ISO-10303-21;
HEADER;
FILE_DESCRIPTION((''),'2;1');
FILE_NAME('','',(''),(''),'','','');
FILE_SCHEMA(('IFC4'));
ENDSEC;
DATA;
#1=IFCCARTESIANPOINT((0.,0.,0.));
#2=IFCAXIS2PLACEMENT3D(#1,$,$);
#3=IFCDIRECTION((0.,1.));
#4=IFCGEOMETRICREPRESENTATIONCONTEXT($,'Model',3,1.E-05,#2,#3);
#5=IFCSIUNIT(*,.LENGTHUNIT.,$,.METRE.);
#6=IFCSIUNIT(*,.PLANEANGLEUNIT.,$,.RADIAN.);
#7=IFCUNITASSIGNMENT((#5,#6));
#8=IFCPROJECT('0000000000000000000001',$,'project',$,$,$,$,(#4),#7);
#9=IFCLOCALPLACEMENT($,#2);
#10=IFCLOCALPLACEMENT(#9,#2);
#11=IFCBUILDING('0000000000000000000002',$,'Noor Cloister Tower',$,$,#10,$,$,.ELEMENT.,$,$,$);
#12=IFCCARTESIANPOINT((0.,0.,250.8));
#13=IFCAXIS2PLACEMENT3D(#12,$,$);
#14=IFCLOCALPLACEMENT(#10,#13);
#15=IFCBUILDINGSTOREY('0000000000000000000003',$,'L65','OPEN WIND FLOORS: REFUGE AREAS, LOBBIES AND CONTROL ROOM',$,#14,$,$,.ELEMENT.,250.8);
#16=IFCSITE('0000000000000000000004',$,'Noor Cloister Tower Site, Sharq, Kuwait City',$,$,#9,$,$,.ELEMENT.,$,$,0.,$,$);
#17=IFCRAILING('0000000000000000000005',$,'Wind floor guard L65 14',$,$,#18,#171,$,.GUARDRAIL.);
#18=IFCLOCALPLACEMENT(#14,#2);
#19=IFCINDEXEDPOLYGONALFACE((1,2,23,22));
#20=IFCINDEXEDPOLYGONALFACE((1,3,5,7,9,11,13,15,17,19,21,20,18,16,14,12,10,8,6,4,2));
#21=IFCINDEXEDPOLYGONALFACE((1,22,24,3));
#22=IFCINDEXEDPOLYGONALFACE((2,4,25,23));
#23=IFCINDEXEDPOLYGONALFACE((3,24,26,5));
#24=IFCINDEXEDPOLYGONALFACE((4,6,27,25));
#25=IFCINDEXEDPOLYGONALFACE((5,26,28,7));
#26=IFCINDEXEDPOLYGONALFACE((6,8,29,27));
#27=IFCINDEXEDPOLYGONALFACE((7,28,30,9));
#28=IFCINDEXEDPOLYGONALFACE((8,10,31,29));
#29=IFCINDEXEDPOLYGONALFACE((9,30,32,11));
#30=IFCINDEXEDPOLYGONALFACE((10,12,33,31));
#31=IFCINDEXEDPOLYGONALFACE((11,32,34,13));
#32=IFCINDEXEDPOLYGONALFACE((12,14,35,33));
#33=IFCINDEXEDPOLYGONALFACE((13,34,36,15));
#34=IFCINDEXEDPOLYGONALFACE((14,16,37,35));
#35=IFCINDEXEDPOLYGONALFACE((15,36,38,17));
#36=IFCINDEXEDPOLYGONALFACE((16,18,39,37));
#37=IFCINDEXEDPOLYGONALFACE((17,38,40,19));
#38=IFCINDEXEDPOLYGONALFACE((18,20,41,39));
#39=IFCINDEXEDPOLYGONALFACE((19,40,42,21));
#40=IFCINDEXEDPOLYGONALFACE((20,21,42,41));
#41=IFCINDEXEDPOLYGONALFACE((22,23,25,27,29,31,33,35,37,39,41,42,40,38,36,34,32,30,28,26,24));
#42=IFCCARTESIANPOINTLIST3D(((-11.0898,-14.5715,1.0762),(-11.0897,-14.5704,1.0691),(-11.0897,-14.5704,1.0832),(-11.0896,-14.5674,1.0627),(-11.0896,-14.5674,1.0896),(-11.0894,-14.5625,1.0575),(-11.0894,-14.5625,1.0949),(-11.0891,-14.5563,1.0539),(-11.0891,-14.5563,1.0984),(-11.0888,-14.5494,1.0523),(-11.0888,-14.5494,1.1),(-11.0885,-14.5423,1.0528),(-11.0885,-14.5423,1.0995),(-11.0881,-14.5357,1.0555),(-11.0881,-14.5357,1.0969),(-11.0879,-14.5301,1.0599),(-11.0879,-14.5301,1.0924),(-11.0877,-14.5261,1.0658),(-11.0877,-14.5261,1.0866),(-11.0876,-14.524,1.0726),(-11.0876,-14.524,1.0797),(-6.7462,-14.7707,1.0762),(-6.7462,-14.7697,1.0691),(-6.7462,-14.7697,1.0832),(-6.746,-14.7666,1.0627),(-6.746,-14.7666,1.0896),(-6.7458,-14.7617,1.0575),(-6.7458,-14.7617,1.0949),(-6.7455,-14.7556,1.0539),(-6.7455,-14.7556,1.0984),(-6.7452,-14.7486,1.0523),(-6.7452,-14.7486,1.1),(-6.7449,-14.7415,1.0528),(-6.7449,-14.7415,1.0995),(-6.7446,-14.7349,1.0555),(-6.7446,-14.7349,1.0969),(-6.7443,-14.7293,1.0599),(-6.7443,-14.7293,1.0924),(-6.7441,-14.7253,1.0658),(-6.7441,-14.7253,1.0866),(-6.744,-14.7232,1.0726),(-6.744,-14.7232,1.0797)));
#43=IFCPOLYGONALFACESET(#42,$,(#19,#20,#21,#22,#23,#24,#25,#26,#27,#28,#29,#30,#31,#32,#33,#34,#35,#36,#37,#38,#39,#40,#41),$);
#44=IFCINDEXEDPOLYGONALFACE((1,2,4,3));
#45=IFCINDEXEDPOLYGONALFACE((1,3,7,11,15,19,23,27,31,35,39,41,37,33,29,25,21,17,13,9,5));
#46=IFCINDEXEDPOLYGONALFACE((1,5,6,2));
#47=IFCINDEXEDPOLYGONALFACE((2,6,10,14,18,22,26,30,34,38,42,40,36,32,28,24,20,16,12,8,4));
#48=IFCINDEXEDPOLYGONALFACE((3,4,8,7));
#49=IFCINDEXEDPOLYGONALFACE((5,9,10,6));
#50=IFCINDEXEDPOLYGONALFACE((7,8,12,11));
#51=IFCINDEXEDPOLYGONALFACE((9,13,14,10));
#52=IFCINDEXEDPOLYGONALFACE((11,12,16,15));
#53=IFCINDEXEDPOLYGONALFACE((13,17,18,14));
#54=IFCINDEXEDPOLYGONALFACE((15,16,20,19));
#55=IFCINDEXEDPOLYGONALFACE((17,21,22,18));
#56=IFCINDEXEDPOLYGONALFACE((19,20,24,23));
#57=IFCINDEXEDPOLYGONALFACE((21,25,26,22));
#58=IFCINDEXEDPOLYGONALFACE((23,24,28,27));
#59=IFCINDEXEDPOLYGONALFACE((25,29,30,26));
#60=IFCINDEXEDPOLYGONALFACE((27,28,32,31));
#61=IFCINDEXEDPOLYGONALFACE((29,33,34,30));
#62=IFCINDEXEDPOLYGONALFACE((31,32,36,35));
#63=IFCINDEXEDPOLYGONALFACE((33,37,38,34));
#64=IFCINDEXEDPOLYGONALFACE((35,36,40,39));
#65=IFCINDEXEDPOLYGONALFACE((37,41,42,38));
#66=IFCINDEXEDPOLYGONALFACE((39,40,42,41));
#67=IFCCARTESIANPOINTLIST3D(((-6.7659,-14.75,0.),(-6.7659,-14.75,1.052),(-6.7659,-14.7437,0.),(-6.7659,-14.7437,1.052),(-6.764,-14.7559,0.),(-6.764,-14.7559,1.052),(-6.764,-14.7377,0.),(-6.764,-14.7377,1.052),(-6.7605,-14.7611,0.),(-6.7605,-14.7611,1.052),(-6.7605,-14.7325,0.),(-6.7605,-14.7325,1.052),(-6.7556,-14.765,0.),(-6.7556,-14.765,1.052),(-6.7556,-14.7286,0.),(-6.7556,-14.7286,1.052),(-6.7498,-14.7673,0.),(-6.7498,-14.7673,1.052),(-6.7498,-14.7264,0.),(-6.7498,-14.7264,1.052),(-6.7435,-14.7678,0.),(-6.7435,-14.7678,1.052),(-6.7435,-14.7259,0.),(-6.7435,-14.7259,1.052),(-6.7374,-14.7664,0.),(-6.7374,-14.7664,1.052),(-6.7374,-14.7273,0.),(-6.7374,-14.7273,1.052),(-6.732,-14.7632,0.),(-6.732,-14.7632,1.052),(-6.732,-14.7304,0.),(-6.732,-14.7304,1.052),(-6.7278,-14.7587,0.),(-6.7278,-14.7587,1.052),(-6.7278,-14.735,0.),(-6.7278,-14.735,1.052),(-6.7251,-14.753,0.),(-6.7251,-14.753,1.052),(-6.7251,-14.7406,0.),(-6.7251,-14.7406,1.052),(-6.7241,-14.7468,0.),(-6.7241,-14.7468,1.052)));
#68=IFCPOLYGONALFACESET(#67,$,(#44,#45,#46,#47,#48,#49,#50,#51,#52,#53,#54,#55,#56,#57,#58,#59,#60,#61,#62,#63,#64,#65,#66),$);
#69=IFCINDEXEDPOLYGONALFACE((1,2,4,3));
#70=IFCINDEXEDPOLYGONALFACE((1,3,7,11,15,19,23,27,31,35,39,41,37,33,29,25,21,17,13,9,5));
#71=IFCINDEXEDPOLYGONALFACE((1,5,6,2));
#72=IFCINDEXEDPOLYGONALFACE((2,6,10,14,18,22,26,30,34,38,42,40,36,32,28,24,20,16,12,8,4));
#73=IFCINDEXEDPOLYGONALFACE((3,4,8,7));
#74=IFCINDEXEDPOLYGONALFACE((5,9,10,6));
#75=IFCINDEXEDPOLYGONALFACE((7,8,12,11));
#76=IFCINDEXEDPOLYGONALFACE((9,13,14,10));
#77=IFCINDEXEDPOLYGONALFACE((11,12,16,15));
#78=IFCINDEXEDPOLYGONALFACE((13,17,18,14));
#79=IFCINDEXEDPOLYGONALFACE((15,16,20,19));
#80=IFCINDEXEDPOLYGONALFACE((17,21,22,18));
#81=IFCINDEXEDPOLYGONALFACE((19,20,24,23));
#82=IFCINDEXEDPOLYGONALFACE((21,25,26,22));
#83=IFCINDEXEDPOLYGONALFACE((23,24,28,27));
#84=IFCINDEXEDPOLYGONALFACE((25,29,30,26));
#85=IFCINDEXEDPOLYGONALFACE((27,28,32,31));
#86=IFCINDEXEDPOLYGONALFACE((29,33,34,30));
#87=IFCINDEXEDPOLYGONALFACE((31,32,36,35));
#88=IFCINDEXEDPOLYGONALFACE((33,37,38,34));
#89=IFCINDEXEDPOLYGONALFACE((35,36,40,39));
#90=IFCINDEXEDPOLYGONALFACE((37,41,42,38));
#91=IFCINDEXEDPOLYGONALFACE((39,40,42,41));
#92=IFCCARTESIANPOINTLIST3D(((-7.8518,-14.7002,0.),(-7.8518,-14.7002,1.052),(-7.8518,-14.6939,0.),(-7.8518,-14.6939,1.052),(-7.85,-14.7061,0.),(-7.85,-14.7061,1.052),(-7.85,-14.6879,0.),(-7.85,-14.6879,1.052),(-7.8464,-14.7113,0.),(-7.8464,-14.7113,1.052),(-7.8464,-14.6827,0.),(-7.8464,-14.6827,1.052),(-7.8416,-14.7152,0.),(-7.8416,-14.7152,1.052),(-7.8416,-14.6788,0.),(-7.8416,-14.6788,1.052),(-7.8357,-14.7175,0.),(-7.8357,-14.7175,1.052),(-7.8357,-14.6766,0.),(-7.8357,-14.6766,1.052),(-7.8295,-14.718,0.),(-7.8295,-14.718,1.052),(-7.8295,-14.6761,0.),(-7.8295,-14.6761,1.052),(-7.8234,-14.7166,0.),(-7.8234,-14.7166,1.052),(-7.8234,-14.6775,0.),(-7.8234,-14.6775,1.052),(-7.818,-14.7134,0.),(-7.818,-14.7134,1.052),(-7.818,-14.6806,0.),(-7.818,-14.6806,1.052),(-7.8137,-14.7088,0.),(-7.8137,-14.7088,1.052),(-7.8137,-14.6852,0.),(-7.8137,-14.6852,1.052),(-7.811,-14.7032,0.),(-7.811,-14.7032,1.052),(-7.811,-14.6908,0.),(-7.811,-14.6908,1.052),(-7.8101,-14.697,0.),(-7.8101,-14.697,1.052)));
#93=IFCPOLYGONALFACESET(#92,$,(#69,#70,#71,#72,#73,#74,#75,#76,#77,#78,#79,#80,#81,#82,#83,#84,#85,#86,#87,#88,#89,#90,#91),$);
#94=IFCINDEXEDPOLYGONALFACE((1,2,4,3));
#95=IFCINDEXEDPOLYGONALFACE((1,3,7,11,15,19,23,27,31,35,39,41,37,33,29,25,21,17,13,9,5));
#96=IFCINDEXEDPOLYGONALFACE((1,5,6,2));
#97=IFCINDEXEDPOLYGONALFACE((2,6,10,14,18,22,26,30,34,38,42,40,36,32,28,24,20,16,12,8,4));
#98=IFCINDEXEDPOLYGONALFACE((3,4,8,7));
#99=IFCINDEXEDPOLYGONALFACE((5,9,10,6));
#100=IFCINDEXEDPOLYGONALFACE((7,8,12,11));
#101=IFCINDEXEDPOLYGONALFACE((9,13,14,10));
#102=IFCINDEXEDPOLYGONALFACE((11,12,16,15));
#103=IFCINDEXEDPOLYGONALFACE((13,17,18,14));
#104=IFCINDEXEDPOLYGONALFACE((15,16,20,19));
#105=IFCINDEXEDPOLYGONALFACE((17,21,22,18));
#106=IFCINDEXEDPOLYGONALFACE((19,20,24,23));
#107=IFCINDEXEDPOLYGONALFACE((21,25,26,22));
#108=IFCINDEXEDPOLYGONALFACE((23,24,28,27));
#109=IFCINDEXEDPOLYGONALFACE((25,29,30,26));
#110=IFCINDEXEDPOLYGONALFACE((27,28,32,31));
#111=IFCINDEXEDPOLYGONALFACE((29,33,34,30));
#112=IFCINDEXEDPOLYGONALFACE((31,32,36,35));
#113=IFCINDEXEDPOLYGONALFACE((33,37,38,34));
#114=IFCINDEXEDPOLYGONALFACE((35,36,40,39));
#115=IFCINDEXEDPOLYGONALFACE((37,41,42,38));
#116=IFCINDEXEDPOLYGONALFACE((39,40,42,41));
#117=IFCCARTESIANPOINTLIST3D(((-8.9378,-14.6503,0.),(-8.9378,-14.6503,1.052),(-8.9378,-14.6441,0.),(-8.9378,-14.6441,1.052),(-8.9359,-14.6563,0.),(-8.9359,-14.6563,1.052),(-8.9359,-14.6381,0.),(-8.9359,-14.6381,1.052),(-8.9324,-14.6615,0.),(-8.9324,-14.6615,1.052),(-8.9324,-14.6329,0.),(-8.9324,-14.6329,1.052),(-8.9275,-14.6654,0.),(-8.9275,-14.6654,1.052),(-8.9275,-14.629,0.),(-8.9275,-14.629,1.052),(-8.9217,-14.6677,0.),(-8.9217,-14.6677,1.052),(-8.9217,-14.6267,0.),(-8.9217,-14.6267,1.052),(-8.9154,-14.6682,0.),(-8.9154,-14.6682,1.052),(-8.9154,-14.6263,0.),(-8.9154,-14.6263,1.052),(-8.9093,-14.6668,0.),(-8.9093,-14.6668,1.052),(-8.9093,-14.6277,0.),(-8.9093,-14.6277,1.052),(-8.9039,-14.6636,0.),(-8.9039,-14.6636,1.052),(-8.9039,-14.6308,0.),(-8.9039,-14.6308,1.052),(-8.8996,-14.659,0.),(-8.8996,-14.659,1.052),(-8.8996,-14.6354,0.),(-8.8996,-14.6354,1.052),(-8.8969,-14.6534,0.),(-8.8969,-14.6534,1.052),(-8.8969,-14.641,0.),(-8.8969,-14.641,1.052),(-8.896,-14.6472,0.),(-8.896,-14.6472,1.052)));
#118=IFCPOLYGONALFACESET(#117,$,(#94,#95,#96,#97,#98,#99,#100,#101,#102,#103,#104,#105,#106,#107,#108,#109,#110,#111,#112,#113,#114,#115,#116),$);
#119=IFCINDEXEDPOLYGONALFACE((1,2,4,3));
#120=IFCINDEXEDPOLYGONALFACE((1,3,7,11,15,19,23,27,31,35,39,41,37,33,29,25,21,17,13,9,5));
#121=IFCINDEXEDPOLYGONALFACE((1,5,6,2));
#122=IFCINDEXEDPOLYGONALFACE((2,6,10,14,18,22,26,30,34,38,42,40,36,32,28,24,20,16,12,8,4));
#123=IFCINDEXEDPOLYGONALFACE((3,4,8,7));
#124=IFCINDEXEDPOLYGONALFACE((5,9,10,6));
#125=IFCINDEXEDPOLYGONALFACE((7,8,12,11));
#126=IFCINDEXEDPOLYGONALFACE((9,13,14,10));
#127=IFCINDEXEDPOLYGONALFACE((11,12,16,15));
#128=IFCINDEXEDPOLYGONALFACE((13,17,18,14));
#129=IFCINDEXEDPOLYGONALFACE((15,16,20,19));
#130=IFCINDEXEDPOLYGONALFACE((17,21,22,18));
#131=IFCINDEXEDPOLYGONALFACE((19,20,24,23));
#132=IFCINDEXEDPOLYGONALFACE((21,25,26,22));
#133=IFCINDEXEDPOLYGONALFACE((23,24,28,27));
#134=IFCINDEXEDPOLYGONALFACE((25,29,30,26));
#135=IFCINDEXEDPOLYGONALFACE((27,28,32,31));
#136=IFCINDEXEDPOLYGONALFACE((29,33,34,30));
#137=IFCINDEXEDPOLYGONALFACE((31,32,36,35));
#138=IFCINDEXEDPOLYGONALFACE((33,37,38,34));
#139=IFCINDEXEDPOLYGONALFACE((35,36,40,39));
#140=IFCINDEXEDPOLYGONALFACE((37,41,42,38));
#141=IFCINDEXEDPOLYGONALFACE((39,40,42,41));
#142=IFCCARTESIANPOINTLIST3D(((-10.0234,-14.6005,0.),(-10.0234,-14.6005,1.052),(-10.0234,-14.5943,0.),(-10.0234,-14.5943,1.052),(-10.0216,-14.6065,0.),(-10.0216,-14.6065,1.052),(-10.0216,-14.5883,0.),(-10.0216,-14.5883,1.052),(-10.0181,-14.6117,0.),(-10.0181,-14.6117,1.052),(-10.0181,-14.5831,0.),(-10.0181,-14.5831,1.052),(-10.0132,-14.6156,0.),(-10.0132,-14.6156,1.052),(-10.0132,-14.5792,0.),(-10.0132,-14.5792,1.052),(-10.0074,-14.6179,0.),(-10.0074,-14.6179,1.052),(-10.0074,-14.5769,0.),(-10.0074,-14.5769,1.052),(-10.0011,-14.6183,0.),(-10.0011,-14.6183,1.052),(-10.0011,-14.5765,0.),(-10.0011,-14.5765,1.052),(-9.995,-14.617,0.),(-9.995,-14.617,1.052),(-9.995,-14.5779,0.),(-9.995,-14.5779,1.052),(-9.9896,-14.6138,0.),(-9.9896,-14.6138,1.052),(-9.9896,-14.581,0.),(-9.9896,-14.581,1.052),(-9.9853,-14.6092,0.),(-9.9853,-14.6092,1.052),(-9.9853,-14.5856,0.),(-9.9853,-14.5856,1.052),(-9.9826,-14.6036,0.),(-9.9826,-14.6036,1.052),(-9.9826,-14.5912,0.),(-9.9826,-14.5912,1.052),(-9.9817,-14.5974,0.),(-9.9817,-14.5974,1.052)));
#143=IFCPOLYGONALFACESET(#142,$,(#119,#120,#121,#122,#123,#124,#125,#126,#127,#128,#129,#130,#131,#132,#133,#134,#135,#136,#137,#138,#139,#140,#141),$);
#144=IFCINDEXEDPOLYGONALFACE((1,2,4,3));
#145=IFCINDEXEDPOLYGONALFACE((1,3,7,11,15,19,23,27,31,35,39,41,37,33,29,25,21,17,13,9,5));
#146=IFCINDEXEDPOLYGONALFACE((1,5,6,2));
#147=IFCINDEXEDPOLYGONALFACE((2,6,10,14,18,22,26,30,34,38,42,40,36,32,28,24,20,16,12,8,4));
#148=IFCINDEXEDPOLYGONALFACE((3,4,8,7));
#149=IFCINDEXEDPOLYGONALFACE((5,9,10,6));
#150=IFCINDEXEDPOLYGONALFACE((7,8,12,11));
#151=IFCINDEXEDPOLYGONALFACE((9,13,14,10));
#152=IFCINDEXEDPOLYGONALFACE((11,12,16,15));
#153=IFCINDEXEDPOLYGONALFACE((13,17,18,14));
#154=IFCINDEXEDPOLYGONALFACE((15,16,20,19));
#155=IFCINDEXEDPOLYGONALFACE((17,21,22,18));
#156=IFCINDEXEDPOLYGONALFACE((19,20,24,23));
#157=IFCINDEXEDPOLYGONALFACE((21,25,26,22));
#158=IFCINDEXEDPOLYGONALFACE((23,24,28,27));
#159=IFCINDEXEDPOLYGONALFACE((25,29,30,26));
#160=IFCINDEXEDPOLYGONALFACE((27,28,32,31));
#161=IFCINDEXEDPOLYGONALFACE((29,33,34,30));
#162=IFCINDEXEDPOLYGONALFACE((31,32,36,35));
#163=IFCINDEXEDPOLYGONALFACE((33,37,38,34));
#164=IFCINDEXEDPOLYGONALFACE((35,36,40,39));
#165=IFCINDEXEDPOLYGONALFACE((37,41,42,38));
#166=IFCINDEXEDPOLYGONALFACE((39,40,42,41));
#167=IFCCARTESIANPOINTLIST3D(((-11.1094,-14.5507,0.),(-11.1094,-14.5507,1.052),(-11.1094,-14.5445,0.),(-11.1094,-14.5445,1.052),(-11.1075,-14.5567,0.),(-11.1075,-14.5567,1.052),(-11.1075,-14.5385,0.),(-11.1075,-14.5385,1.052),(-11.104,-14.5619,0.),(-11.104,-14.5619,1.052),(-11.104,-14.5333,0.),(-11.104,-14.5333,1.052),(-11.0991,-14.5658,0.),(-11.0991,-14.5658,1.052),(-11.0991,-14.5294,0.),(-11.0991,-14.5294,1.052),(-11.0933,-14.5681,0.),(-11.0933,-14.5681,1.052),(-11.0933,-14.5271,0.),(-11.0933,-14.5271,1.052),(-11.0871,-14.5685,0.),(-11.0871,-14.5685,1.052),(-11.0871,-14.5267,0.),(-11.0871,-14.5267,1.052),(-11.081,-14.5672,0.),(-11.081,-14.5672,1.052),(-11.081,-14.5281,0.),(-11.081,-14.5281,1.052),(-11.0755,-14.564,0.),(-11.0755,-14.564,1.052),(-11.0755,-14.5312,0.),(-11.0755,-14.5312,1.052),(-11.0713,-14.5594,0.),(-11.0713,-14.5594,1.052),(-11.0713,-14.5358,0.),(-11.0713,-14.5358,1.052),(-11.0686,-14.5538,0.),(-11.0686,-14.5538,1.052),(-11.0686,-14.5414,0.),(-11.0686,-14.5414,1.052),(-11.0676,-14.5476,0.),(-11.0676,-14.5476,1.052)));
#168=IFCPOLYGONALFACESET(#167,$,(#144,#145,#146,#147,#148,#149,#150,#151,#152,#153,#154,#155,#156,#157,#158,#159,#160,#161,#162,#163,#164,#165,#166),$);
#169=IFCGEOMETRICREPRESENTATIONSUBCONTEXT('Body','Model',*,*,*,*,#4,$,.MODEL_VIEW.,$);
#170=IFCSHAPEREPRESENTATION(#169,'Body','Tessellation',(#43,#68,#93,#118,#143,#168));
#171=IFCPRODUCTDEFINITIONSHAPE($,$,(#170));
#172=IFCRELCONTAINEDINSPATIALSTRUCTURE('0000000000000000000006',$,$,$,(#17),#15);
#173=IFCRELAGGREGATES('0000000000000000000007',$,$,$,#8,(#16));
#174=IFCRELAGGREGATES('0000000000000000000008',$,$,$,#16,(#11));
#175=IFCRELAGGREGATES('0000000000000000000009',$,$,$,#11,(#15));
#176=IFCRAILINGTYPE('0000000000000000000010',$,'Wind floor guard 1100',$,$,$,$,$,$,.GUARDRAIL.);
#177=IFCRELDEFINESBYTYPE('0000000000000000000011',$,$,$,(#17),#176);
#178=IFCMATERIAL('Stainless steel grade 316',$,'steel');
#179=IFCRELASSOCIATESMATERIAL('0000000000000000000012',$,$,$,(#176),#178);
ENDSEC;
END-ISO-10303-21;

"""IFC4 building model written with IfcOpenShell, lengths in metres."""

from ifc_helpers import new_model, si_unit, direction, frame, origin, origin_2d, place, context, subcontext, project, spatial, circle, extrude, material, type_object, element, save


model = new_model("IFC4")

# Units and contexts
model_context = context("Model", 3, precision=1e-05, world=origin(), true_north=direction((0.0, 1.0)))
body_context = subcontext(model_context, "Body", "Model", "MODEL_VIEW")
ifc_project = project(units=[si_unit("LENGTHUNIT", "METRE"), si_unit("PLANEANGLEUNIT", "RADIAN")], contexts=[model_context])

# Site, building, storey
site_placement = place(None, origin())
site = spatial("IfcSite", under=ifc_project, at=site_placement, Name="Noor Cloister Tower Site, Sharq, Kuwait City", CompositionType="ELEMENT", RefElevation=0.0)
building_placement = place(site_placement, origin())
building = spatial("IfcBuilding", under=site, at=building_placement, Name="Noor Cloister Tower", CompositionType="ELEMENT")
storey_placement = place(building_placement, frame((0.0, 0.0, 250.8)))
storey = spatial("IfcBuildingStorey", under=building, at=storey_placement, Name="L65", Description="OPEN WIND FLOORS: REFUGE AREAS, LOBBIES AND CONTROL ROOM", CompositionType="ELEMENT", Elevation=250.8)

# Railing
ifc_material_1 = material(Name="Stainless steel grade 316", Category="steel")
railing_type = type_object("IfcRailingType", Name="Wind floor guard 1100", PredefinedType="GUARDRAIL", material=ifc_material_1)
railing_1_placement = place(storey_placement, frame((-6.7451, -14.7468, 0.0)))
element("IfcRailing", 1, at=railing_1_placement, inside=storey, type_object=railing_type, Name="Wind floor guard L65 14", PredefinedType="GUARDRAIL", context=body_context, shape_type="SweptSolid", body=[
    extrude(circle(Radius=0.0239, at=origin_2d()), frame((0.0, 0.0, 1.0762), z_axis=(-0.99895, 0.045818, 0.0), x_axis=(-0.045818, -0.99895, 0.0)), (0.0, 0.0, 1.0), 4.3481),
    extrude(circle(Radius=0.021, at=origin_2d()), origin(), (0.0, 0.0, 1.0), 1.052),
    extrude(circle(Radius=0.021, at=origin_2d()), frame((-1.0859, 0.0498, 0.0)), (0.0, 0.0, 1.0), 1.052),
    extrude(circle(Radius=0.021, at=origin_2d()), frame((-2.1719, 0.0996, 0.0)), (0.0, 0.0, 1.0), 1.052),
    extrude(circle(Radius=0.021, at=origin_2d()), frame((-3.2576, 0.1494, 0.0)), (0.0, 0.0, 1.0), 1.052),
    extrude(circle(Radius=0.021, at=origin_2d()), frame((-4.3435, 0.1992, 0.0)), (0.0, 0.0, 1.0), 1.052),
])

save(model, "model.ifc")
